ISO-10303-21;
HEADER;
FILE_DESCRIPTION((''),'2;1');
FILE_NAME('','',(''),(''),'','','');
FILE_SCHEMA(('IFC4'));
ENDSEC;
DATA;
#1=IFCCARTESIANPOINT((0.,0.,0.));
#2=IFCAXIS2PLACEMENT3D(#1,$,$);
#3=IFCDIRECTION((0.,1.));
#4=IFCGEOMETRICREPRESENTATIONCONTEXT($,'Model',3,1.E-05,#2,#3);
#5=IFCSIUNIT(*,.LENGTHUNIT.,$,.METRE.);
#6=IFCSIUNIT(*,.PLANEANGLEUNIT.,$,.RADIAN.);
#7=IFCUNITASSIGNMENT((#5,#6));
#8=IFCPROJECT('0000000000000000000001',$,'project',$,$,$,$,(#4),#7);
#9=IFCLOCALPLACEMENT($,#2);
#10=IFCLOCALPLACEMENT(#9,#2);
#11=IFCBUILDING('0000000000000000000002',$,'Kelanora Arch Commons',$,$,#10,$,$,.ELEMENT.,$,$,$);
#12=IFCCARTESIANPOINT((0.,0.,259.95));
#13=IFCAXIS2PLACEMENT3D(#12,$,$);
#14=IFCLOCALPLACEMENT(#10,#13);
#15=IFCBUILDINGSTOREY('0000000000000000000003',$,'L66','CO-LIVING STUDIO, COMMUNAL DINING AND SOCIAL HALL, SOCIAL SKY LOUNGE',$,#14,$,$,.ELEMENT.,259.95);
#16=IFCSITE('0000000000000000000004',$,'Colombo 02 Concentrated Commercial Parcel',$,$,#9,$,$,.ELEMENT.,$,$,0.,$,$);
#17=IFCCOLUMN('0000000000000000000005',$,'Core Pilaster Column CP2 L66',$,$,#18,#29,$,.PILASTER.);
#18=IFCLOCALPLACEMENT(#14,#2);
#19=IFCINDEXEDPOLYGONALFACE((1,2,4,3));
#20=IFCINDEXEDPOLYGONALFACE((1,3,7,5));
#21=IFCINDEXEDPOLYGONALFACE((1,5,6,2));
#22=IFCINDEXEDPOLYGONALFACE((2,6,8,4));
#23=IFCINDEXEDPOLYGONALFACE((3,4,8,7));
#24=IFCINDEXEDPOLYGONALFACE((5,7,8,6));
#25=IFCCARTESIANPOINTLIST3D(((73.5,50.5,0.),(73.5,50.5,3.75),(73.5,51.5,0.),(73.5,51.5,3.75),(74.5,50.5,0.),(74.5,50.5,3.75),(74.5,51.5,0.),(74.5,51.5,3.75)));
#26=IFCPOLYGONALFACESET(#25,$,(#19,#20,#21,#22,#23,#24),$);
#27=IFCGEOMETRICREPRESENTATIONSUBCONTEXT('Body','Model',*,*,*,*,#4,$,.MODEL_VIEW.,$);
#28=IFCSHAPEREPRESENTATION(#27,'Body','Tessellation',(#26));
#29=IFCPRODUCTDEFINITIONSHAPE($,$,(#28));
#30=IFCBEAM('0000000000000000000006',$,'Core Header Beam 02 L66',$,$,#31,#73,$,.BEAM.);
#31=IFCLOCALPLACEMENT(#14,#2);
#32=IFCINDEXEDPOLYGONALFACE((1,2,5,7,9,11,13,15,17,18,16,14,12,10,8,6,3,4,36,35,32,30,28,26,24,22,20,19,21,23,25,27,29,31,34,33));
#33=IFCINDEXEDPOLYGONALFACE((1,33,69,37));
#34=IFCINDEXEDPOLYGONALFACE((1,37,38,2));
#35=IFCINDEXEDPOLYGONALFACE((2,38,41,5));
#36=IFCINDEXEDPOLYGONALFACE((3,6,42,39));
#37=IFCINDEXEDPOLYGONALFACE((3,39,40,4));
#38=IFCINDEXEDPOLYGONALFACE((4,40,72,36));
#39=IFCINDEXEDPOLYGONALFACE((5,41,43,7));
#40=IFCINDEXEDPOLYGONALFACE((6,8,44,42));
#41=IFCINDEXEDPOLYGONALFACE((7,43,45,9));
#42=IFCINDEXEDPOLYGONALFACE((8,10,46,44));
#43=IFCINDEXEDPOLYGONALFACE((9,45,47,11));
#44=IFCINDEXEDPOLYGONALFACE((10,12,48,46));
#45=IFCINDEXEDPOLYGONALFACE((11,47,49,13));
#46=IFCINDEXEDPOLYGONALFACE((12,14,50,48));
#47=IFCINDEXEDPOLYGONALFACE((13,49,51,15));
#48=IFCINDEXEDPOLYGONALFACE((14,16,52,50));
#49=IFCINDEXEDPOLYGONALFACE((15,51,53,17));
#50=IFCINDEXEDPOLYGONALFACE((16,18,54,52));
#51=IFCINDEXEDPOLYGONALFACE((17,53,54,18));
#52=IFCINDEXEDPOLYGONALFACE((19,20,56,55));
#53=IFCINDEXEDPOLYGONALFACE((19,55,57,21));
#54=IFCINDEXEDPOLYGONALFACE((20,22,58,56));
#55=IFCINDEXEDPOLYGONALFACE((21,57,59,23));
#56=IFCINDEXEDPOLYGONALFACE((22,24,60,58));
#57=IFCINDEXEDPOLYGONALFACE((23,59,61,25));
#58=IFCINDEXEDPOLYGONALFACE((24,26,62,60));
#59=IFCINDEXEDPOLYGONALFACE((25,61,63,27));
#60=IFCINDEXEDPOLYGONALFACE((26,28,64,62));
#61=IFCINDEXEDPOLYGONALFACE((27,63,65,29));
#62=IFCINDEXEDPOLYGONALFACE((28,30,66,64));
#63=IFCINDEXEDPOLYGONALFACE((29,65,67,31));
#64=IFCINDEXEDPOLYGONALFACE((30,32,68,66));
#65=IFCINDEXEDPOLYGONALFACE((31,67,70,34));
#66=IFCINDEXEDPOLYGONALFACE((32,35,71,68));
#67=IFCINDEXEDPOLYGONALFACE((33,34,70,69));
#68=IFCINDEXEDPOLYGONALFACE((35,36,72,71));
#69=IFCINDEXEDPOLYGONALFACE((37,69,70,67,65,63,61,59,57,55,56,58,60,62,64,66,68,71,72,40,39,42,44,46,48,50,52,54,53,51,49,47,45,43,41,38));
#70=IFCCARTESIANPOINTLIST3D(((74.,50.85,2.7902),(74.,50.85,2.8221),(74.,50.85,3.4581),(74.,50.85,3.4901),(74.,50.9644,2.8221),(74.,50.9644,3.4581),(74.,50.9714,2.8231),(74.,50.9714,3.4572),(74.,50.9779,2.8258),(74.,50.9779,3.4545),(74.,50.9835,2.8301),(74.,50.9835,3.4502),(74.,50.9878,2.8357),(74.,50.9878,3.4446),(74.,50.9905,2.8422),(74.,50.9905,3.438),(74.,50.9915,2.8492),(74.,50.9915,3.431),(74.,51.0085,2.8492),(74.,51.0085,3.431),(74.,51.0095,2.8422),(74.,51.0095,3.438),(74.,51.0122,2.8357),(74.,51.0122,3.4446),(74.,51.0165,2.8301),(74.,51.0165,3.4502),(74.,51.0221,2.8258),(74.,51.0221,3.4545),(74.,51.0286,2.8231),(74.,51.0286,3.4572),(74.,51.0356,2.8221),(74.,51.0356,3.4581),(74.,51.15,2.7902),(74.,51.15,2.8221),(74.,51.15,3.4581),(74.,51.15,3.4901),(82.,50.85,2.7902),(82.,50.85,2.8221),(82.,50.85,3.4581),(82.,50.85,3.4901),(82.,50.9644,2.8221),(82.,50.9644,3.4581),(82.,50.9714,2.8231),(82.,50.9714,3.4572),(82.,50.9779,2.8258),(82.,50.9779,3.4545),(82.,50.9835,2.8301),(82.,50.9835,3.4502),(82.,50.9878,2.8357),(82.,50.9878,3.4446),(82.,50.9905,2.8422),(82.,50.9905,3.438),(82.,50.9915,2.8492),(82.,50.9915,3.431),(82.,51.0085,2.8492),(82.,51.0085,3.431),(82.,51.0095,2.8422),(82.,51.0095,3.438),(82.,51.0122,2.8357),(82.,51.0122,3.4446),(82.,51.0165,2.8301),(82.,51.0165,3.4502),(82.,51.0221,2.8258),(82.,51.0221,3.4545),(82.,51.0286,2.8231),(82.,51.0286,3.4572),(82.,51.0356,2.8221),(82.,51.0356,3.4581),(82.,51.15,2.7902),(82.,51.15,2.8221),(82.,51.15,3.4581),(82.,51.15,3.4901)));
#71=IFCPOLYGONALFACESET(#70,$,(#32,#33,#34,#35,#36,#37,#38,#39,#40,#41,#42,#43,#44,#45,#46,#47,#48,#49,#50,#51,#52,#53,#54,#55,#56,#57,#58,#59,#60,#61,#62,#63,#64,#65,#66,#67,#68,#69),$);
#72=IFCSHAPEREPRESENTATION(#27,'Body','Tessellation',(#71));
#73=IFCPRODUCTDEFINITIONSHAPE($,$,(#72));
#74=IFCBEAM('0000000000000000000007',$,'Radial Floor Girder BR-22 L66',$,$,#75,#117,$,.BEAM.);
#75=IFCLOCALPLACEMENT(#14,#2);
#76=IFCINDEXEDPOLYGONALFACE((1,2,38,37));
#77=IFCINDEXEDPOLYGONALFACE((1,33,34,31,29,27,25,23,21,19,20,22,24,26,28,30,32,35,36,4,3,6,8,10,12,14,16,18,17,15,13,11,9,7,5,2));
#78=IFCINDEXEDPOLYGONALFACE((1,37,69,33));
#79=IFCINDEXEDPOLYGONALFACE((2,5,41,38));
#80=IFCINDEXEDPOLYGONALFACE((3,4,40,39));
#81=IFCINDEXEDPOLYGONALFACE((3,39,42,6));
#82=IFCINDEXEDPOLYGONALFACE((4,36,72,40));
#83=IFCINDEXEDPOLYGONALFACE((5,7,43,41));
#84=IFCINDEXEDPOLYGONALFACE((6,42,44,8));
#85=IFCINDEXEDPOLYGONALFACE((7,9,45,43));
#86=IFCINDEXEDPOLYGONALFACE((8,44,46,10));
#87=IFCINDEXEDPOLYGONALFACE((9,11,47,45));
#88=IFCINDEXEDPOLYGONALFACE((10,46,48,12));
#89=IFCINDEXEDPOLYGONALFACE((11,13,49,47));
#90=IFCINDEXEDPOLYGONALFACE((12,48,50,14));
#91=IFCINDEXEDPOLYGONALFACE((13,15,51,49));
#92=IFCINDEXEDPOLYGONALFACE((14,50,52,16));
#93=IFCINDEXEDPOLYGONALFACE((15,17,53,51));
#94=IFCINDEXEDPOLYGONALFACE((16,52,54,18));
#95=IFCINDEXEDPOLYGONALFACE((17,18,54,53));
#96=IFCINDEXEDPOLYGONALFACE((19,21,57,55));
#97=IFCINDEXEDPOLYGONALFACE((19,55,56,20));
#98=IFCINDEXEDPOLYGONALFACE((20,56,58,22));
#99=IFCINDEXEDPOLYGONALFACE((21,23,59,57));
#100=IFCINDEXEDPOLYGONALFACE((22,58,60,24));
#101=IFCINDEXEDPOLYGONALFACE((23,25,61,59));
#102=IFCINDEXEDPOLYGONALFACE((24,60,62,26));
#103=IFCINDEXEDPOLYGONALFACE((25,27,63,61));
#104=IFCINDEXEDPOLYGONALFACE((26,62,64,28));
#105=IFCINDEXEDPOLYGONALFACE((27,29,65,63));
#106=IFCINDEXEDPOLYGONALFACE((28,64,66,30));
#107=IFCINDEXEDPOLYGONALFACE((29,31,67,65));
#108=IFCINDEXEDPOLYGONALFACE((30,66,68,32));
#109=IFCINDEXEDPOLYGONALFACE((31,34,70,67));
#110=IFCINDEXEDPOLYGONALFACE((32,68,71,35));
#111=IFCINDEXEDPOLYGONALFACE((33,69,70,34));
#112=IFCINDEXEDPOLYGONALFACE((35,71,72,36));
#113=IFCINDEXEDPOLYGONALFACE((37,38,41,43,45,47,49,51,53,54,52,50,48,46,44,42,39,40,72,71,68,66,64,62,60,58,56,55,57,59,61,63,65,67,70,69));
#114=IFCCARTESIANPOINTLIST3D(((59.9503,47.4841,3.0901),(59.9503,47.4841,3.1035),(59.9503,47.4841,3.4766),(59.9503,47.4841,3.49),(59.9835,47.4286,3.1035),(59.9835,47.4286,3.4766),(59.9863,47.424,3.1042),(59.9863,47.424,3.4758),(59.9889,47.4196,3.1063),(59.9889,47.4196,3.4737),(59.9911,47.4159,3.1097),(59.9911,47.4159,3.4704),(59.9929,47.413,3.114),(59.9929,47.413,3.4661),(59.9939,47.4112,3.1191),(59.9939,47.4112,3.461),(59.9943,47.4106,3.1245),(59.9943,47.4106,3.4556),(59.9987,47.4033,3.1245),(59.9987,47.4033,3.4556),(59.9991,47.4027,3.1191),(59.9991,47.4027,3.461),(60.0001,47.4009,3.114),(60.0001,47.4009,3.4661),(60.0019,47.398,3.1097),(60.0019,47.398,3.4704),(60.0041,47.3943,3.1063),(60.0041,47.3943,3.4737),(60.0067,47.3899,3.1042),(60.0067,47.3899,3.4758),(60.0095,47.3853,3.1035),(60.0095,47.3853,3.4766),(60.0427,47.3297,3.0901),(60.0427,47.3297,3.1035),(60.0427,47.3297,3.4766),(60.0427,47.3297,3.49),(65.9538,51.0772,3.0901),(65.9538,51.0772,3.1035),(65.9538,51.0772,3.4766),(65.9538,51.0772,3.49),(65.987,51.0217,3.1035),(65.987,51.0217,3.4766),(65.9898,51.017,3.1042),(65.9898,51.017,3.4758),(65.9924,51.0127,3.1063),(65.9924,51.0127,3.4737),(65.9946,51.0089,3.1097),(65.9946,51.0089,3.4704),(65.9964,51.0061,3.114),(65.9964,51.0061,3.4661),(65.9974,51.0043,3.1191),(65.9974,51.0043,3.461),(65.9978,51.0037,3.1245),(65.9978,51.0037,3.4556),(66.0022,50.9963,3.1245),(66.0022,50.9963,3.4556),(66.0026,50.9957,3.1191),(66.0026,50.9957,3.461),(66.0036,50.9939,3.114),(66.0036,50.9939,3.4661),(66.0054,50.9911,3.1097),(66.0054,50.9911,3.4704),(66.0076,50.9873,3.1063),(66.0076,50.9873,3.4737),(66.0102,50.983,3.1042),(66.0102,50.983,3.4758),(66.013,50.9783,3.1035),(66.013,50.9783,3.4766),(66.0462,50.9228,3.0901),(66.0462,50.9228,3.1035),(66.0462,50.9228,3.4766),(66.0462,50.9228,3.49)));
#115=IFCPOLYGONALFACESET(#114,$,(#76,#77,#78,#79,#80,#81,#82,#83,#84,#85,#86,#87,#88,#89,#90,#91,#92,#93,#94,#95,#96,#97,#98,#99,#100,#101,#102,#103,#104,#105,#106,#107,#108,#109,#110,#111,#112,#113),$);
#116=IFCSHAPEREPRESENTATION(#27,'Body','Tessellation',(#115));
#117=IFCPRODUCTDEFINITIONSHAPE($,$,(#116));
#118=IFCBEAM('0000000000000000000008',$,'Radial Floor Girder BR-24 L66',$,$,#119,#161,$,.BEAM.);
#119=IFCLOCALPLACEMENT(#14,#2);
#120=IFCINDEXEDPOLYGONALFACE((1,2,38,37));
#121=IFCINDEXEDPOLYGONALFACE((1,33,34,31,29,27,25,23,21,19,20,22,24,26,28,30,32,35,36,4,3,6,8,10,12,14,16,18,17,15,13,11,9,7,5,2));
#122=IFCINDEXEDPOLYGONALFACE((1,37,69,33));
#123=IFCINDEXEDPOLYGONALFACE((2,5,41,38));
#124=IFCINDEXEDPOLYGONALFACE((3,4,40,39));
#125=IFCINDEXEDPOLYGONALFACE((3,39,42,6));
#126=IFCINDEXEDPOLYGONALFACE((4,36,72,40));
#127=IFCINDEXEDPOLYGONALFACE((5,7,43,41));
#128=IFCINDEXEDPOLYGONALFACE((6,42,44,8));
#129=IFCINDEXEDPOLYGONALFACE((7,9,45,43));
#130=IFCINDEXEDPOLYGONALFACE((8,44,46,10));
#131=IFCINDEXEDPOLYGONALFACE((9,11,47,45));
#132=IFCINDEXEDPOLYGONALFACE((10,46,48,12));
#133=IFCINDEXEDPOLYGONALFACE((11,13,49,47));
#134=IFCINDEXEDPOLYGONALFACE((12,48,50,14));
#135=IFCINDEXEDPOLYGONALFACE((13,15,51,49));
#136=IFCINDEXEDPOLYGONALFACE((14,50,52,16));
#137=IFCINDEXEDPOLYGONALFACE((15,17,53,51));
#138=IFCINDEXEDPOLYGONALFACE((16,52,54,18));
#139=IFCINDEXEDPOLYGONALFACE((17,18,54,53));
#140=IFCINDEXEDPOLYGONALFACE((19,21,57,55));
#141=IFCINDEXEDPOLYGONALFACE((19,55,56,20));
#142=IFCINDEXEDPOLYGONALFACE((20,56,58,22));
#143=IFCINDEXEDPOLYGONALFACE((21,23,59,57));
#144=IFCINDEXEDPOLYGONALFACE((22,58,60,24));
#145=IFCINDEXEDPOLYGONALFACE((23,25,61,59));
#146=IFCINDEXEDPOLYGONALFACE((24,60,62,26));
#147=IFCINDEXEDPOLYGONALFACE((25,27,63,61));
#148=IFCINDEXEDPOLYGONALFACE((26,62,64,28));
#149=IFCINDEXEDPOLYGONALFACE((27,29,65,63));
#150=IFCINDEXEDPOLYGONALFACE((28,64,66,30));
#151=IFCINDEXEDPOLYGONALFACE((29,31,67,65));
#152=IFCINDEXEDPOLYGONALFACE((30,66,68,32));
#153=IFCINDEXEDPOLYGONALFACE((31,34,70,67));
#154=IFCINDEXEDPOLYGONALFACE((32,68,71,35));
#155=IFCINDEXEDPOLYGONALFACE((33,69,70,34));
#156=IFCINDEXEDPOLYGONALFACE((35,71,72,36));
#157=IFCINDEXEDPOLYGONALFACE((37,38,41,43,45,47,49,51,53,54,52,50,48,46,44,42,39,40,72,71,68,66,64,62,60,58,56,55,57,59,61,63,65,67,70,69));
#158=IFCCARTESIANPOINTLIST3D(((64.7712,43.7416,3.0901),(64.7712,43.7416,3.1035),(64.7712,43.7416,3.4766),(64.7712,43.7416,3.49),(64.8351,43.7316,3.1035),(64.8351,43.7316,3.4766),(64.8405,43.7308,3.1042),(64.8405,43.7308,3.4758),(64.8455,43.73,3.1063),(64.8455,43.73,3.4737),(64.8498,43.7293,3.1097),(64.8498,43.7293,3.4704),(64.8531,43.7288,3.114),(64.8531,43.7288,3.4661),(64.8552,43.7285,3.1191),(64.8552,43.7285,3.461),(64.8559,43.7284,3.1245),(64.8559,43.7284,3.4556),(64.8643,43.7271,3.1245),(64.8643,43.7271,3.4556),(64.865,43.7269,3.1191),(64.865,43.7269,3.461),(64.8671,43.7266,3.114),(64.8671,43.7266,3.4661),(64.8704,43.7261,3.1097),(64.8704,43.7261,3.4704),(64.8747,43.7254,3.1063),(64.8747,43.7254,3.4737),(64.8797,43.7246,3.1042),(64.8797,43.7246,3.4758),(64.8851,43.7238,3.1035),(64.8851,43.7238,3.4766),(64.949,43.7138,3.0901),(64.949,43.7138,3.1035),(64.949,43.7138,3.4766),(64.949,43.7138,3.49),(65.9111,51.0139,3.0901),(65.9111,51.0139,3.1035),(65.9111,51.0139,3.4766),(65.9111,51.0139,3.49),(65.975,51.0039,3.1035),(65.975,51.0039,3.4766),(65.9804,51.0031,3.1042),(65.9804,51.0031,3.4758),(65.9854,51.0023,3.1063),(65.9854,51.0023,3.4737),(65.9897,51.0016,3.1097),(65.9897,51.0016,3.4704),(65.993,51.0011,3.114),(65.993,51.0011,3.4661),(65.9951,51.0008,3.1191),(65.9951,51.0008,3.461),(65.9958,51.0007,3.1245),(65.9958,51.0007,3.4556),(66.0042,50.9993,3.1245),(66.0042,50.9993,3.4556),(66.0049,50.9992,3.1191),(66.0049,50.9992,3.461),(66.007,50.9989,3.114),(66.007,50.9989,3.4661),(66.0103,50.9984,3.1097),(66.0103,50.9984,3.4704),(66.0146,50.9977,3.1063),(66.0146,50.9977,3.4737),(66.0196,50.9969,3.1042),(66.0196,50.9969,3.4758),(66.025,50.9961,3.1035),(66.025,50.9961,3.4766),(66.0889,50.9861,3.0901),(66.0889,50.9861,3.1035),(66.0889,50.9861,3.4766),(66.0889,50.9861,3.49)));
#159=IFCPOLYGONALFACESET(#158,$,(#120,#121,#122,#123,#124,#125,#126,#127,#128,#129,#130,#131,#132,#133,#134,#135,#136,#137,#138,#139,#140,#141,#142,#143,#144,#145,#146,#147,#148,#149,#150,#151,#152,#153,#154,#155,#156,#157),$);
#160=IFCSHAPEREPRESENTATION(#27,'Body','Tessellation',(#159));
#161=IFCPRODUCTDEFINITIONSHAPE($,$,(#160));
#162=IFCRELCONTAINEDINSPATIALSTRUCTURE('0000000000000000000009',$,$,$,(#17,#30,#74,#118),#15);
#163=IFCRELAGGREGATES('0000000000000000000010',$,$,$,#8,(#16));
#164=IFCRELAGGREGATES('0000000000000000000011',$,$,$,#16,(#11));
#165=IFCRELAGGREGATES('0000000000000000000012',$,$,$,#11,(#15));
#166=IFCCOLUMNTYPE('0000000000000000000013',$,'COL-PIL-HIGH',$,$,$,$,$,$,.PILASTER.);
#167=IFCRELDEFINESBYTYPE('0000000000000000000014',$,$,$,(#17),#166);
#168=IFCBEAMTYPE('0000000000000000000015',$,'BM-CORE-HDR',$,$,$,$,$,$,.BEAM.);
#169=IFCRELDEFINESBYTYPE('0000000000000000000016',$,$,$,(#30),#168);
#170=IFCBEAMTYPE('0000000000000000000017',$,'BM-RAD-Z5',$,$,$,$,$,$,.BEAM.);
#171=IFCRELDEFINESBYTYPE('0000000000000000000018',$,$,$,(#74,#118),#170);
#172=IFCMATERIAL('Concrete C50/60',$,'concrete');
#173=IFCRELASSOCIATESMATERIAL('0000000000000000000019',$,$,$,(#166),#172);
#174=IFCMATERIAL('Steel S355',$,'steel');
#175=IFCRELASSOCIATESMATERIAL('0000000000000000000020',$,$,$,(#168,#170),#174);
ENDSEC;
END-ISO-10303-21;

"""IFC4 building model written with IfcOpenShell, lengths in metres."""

from ifc_helpers import new_model, si_unit, direction, frame, origin, origin_2d, place, context, subcontext, project, spatial, rectangle, i_section, extrude, material, material_profile, profile_set, type_object, element, save


model = new_model("IFC4")

# Units and contexts
model_context = context("Model", 3, precision=1e-05, world=origin(), true_north=direction((0.0, 1.0)))
body_context = subcontext(model_context, "Body", "Model", "MODEL_VIEW")
ifc_project = project(units=[si_unit("LENGTHUNIT", "METRE"), si_unit("PLANEANGLEUNIT", "RADIAN")], contexts=[model_context])

# Site, building, storey
site_placement = place(None, origin())
site = spatial("IfcSite", under=ifc_project, at=site_placement, Name="Colombo 02 Concentrated Commercial Parcel", CompositionType="ELEMENT", RefElevation=0.0)
building_placement = place(site_placement, origin())
building = spatial("IfcBuilding", under=site, at=building_placement, Name="Kelanora Arch Commons", CompositionType="ELEMENT")
storey_placement = place(building_placement, frame((0.0, 0.0, 259.95)))
storey = spatial("IfcBuildingStorey", under=building, at=storey_placement, Name="L66", Description="CO-LIVING STUDIO, COMMUNAL DINING AND SOCIAL HALL, SOCIAL SKY LOUNGE", CompositionType="ELEMENT", Elevation=259.95)

# Column
ifc_material_1 = material(Name="Concrete C50/60", Category="concrete")
ifc_material_profile_1 = material_profile(ifc_material_1, rectangle(XDim=1.0, YDim=1.0, at=origin_2d()), Name="RC1000x1000")
ifc_profile_set_1 = profile_set([ifc_material_profile_1], Name="Concrete C50/60")
column_type = type_object("IfcColumnType", Name="COL-PIL-HIGH", PredefinedType="PILASTER", material=ifc_profile_set_1)
column_placement = place(storey_placement, frame((74.0, 51.0, 0.0), z_axis=(0.0, 0.0, 1.0), x_axis=(1.0, 0.0, 0.0)))
element("IfcColumn", 1, at=column_placement, inside=storey, type_object=column_type, Name="Core Pilaster Column CP2 L66", PredefinedType="PILASTER", context=body_context, shape_type="SweptSolid", body=[
    extrude(rectangle(XDim=1.0, YDim=1.0, at=origin_2d()), origin(), (0.0, 0.0, 1.0), 3.75),
])

# Beams
ifc_material_2 = material(Name="Steel S355", Category="steel")
ifc_material_profile_2 = material_profile(ifc_material_2, i_section(OverallWidth=0.3, OverallDepth=0.7, WebThickness=0.0171, FlangeThickness=0.032, FilletRadius=0.0271, at=origin_2d()), Name="HEB700")
ifc_profile_set_2 = profile_set([ifc_material_profile_2], Name="Steel S355")
beam_type_1 = type_object("IfcBeamType", Name="BM-CORE-HDR", PredefinedType="BEAM", material=ifc_profile_set_2)
beam_1_placement = place(storey_placement, frame((74.0, 51.0, 3.1401), z_axis=(1.0, 0.0, 0.0), x_axis=(0.0, 1.0, 0.0)))
element("IfcBeam", 2, at=beam_1_placement, inside=storey, type_object=beam_type_1, Name="Core Header Beam 02 L66", PredefinedType="BEAM", context=body_context, shape_type="SweptSolid", body=[
    extrude(i_section(OverallWidth=0.3, OverallDepth=0.7, WebThickness=0.0171, FlangeThickness=0.032, FilletRadius=0.0271, at=origin_2d()), origin(), (0.0, 0.0, 1.0), 8.0),
])
ifc_material_profile_3 = material_profile(ifc_material_2, i_section(OverallWidth=0.1799, OverallDepth=0.3999, WebThickness=0.0085, FlangeThickness=0.0134, FilletRadius=0.021, at=origin_2d()), Name="IPE400")
ifc_profile_set_3 = profile_set([ifc_material_profile_3], Name="Steel S355")
beam_type_2 = type_object("IfcBeamType", Name="BM-RAD-Z5", PredefinedType="BEAM", material=ifc_profile_set_3)
beam_2_placement = place(storey_placement, frame((66.0, 51.0, 3.29), z_axis=(-0.858062, -0.513546, 0.0), x_axis=(0.513546, -0.858062, 0.0)))
element("IfcBeam", 3, at=beam_2_placement, inside=storey, type_object=beam_type_2, Name="Radial Floor Girder BR-22 L66", PredefinedType="BEAM", context=body_context, shape_type="SweptSolid", body=[
    extrude(i_section(OverallWidth=0.1799, OverallDepth=0.3999, WebThickness=0.0085, FlangeThickness=0.0134, FilletRadius=0.021, at=origin_2d()), origin(), (0.0, 0.0, 1.0), 6.9966),
])
beam_3_placement = place(storey_placement, frame((66.0, 51.0, 3.29), z_axis=(-0.154855, -0.987937, 0.0), x_axis=(0.987937, -0.154855, 0.0)))
element("IfcBeam", 4, at=beam_3_placement, inside=storey, type_object=beam_type_2, Name="Radial Floor Girder BR-24 L66", PredefinedType="BEAM", context=body_context, shape_type="SweptSolid", body=[
    extrude(i_section(OverallWidth=0.1799, OverallDepth=0.3999, WebThickness=0.0085, FlangeThickness=0.0134, FilletRadius=0.021, at=origin_2d()), origin(), (0.0, 0.0, 1.0), 7.3611),
])

save(model, "model.ifc")
